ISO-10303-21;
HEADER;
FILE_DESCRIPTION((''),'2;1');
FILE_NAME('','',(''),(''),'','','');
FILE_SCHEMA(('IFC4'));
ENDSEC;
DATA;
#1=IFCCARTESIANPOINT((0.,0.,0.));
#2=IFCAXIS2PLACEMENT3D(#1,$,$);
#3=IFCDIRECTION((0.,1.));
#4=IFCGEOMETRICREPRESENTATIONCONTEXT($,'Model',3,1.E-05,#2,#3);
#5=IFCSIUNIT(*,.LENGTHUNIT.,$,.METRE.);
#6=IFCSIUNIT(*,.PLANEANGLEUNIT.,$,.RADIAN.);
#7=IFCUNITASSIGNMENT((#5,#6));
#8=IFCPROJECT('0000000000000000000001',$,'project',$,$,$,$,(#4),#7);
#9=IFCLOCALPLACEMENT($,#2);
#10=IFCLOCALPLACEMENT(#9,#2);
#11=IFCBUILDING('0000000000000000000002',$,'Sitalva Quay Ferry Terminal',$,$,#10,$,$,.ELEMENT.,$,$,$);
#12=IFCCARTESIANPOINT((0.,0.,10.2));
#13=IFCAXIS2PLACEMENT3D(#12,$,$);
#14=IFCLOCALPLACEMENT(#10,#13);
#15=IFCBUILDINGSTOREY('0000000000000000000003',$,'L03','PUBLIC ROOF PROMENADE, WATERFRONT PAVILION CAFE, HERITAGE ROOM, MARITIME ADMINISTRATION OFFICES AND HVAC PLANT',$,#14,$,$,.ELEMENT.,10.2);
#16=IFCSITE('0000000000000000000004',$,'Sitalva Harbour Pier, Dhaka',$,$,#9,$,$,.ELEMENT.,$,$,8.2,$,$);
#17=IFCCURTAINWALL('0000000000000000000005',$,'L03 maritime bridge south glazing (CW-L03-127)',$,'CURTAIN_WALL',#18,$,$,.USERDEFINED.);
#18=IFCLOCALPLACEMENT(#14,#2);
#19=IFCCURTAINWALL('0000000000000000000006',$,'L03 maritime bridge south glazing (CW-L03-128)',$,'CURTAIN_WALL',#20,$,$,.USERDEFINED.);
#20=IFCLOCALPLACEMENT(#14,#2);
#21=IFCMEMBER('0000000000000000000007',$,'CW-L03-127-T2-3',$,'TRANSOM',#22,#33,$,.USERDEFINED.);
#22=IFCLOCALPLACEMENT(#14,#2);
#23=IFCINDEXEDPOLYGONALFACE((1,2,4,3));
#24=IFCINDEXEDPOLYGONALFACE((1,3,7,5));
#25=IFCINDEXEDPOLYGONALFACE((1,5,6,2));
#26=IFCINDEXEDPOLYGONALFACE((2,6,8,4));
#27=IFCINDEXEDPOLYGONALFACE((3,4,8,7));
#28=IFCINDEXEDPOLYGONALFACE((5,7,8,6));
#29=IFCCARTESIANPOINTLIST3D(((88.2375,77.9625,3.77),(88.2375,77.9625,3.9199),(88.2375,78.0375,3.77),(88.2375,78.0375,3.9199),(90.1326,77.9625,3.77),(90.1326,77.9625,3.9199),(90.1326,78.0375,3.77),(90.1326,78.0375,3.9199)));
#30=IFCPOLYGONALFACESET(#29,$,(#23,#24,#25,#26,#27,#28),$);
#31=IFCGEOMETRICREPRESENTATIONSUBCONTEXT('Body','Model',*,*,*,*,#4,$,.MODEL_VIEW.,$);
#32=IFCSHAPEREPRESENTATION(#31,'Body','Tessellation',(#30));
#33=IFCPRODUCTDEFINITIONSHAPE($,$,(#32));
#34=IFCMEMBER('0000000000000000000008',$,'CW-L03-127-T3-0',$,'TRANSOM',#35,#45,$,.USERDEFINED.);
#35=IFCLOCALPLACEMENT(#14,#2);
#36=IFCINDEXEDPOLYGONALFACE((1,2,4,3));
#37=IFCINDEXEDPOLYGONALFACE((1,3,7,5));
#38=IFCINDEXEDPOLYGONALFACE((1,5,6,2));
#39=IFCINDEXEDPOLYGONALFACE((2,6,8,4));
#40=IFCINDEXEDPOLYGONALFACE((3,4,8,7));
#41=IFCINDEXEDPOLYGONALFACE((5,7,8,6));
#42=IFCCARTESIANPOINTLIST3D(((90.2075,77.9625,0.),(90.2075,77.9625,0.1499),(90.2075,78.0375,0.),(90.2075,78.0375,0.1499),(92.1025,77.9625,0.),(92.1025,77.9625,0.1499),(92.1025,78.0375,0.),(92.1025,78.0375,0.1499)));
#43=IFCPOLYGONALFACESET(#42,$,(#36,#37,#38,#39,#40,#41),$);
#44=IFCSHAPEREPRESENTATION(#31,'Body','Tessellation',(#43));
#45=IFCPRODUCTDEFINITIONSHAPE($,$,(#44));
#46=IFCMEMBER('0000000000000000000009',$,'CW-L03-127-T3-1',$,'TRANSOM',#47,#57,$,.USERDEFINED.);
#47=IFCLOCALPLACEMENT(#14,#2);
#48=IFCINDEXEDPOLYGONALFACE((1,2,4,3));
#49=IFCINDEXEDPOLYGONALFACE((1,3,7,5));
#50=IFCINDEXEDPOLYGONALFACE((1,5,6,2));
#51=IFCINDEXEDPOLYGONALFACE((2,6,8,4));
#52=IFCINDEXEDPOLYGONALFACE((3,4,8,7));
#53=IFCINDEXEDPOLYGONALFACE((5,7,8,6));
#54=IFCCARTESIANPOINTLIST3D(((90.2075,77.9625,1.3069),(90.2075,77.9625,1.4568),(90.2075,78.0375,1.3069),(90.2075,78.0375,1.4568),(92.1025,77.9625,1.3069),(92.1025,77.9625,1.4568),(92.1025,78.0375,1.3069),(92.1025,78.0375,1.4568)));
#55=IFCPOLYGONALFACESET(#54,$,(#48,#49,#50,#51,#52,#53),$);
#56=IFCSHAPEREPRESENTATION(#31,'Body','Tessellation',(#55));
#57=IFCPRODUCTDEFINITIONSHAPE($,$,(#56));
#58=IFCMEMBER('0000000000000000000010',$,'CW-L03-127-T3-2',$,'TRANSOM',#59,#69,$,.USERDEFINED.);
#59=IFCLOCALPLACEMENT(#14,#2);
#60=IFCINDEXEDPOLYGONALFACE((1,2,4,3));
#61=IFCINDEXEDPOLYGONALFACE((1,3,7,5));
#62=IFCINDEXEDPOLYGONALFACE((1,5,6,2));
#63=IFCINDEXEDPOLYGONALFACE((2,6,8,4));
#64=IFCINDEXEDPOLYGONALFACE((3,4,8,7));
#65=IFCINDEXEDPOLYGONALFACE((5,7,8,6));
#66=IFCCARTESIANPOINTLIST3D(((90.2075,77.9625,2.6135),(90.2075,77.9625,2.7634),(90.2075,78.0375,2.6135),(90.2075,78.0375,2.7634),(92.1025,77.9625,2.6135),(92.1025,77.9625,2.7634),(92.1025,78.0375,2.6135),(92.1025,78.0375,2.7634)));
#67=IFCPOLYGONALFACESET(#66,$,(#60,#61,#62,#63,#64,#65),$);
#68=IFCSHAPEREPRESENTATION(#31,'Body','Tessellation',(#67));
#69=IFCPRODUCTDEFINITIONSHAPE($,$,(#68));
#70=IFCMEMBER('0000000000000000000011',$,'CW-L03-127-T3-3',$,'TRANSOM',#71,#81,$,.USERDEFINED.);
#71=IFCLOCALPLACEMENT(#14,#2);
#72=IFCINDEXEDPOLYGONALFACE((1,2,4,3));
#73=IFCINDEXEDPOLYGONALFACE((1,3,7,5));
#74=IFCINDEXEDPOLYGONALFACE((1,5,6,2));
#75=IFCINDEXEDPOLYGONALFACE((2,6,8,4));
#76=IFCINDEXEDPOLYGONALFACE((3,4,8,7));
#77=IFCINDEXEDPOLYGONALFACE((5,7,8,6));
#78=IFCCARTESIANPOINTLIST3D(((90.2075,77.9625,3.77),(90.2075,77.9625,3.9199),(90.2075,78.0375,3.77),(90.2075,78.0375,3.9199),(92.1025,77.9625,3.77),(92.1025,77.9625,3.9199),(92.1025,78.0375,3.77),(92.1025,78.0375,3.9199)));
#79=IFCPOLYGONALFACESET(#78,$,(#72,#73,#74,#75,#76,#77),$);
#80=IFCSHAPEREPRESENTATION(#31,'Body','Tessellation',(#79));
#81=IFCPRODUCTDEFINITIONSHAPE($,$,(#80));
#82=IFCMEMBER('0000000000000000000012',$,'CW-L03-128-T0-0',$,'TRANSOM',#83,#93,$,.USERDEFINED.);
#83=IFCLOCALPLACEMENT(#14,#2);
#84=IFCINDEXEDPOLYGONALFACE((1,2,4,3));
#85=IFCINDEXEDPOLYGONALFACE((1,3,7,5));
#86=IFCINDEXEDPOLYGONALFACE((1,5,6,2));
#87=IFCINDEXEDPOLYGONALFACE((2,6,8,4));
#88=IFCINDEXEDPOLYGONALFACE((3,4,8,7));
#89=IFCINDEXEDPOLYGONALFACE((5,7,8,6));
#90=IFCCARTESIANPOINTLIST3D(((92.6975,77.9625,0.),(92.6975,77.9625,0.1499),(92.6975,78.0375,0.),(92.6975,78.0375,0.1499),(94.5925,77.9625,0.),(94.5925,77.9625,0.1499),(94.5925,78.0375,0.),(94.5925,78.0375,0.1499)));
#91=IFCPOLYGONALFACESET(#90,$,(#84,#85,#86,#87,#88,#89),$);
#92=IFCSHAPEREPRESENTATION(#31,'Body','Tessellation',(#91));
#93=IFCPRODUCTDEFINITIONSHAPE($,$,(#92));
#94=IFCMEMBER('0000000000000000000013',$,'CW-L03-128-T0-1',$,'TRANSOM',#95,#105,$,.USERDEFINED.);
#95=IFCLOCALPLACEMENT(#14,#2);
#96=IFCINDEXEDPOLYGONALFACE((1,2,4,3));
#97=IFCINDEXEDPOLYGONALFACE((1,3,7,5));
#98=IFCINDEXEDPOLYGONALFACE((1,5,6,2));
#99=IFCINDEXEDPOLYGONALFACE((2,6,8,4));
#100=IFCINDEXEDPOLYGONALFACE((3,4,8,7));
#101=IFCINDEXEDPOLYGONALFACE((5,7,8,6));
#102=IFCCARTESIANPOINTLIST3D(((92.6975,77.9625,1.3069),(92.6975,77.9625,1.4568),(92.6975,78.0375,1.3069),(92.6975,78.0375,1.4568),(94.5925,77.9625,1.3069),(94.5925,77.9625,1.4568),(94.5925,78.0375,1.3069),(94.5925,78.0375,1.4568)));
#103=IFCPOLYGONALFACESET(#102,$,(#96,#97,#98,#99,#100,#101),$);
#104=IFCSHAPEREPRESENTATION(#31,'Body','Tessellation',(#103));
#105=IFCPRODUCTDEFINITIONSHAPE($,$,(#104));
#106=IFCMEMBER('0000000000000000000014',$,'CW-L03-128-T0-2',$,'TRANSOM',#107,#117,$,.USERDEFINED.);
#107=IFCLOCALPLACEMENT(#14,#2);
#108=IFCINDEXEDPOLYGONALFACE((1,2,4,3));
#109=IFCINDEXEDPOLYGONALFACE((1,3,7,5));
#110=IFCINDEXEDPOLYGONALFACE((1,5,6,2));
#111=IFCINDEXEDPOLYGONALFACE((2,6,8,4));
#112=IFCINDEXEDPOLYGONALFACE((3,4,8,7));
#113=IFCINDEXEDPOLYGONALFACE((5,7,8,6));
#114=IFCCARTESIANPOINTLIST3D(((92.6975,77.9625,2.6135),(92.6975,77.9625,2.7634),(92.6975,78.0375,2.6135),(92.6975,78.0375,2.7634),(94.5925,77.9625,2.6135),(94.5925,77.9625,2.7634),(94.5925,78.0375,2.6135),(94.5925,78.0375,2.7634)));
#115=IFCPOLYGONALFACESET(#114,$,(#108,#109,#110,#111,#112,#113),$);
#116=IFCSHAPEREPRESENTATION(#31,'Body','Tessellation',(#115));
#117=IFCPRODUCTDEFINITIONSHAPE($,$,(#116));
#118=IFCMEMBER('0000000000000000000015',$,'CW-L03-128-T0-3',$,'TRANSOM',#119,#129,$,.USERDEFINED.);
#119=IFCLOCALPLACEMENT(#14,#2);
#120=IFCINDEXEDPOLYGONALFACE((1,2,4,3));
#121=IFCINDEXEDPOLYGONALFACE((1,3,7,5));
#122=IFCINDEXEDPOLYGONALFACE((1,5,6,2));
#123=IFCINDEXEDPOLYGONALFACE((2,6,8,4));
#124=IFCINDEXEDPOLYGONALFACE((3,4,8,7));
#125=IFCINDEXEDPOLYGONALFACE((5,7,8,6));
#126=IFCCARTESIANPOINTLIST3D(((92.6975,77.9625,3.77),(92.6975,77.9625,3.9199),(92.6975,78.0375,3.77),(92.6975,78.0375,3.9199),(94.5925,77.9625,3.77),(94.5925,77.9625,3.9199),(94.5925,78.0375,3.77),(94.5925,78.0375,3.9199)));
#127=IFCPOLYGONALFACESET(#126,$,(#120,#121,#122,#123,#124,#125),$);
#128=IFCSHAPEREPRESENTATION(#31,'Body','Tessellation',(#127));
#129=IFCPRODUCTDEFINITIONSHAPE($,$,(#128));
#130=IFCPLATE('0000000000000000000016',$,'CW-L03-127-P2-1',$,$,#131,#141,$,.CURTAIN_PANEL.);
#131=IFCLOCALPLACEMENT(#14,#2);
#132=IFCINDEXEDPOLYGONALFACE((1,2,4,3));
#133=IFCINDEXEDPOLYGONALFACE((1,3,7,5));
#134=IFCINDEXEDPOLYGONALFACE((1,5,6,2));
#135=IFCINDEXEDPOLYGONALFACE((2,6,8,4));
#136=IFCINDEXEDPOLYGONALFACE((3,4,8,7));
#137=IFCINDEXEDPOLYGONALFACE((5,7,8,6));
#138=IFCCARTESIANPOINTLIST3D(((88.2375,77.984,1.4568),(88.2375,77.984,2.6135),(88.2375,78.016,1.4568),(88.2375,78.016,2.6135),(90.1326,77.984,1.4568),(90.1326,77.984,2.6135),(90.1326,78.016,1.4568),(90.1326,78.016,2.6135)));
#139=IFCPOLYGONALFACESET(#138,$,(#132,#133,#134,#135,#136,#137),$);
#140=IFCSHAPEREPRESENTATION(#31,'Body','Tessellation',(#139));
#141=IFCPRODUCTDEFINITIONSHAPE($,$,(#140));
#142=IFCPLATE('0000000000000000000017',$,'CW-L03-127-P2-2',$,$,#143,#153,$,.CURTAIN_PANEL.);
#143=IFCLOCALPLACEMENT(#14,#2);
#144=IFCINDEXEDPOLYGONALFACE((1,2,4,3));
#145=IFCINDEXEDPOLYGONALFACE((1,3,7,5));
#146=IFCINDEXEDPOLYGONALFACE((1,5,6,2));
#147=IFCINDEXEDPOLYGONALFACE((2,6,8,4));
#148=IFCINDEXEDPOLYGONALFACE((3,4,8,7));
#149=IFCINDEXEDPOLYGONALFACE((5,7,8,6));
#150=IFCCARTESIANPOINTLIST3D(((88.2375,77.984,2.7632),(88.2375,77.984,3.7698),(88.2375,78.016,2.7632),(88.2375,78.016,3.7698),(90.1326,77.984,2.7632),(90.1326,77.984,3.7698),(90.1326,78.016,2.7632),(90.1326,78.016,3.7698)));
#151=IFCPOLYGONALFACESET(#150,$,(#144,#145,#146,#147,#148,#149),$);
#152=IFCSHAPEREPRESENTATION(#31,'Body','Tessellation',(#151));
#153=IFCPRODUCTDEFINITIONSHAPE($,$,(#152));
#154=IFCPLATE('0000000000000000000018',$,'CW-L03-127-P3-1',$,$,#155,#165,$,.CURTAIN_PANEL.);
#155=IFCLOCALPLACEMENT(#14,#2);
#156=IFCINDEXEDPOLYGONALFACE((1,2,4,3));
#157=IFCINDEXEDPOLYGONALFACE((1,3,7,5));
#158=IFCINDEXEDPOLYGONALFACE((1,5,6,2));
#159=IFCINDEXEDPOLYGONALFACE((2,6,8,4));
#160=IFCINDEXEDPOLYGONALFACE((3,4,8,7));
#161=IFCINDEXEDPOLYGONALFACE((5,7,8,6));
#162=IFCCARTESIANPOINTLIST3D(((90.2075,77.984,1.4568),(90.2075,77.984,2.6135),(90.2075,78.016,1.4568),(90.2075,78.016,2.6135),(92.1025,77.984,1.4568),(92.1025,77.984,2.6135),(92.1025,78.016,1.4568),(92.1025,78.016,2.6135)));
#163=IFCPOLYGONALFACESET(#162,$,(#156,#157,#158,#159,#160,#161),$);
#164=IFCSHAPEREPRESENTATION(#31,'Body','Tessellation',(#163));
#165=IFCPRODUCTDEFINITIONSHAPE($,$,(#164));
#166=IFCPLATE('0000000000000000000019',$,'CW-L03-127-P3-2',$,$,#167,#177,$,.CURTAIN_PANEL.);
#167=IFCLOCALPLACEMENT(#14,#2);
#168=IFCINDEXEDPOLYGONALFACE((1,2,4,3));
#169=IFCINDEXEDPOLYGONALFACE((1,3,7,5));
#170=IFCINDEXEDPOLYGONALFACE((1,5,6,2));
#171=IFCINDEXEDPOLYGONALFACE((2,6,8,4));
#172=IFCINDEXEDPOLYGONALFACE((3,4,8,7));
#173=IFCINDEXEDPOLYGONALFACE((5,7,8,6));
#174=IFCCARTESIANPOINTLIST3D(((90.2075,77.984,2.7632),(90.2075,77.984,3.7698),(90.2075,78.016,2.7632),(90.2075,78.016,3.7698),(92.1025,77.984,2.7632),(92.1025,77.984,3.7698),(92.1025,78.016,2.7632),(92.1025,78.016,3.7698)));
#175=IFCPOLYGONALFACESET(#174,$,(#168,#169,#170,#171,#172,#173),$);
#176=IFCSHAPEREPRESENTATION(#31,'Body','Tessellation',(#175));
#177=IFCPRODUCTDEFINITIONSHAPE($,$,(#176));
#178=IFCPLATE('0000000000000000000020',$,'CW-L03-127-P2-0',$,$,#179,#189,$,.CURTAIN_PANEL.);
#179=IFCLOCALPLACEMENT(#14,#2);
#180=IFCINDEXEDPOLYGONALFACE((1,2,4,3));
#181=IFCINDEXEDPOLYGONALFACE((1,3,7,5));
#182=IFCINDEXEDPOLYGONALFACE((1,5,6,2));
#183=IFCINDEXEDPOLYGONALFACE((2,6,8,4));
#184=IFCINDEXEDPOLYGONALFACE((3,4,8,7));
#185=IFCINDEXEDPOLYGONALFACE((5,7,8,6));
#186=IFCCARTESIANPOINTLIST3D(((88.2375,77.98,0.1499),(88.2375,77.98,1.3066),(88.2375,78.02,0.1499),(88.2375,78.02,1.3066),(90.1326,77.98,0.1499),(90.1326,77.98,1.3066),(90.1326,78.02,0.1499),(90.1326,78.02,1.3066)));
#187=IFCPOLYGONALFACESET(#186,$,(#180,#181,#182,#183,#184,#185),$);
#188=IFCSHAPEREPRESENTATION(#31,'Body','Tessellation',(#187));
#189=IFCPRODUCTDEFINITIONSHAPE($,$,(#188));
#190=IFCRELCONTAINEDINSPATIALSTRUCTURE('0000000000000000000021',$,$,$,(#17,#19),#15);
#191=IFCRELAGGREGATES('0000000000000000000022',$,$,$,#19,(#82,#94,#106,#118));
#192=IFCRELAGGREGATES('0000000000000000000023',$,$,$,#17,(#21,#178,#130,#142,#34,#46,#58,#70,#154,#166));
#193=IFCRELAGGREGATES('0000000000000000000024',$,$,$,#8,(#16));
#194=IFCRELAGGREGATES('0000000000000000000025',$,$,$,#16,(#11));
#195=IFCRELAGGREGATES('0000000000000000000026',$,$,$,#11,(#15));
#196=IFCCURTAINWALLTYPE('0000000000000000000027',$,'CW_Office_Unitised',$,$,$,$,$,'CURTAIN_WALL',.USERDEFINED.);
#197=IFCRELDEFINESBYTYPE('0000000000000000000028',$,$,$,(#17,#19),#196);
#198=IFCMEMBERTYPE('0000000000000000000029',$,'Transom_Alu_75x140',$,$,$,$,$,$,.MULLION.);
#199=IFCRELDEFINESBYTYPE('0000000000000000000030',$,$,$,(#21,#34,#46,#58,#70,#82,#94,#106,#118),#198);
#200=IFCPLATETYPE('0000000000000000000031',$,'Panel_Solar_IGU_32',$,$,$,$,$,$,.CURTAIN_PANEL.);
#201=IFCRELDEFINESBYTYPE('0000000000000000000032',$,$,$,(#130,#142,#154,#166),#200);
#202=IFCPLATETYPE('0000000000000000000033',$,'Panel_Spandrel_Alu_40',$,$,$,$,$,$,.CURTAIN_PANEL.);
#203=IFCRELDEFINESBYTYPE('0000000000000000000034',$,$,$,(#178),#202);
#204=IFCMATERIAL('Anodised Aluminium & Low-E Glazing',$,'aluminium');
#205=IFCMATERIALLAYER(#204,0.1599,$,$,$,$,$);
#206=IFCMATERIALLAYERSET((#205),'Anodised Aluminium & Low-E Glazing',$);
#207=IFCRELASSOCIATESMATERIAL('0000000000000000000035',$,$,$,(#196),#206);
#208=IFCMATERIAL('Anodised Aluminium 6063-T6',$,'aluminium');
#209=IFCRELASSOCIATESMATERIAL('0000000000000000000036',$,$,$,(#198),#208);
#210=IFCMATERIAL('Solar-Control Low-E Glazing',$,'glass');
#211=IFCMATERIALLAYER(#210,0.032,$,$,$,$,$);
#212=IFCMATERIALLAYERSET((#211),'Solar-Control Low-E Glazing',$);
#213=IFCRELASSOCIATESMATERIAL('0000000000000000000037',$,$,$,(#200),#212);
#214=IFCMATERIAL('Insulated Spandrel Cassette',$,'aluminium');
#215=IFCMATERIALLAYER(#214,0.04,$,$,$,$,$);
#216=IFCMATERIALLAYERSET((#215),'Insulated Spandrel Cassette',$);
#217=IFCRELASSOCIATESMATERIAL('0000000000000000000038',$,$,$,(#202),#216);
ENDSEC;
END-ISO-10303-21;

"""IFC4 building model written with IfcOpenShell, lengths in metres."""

from ifc_helpers import new_model, si_unit, direction, frame, origin, origin_2d, place, context, subcontext, project, spatial, rectangle, extrude, material, layer, layer_set, material_profile, profile_set, type_object, element, aggregate, save


model = new_model("IFC4")

# Units and contexts
model_context = context("Model", 3, precision=1e-05, world=origin(), true_north=direction((0.0, 1.0)))
body_context = subcontext(model_context, "Body", "Model", "MODEL_VIEW")
ifc_project = project(units=[si_unit("LENGTHUNIT", "METRE"), si_unit("PLANEANGLEUNIT", "RADIAN")], contexts=[model_context])

# Site, building, storey
site_placement = place(None, origin())
site = spatial("IfcSite", under=ifc_project, at=site_placement, Name="Sitalva Harbour Pier, Dhaka", CompositionType="ELEMENT", RefElevation=8.2)
building_placement = place(site_placement, origin())
building = spatial("IfcBuilding", under=site, at=building_placement, Name="Sitalva Quay Ferry Terminal", CompositionType="ELEMENT")
storey_placement = place(building_placement, frame((0.0, 0.0, 10.2)))
storey = spatial("IfcBuildingStorey", under=building, at=storey_placement, Name="L03", Description="PUBLIC ROOF PROMENADE, WATERFRONT PAVILION CAFE, HERITAGE ROOM, MARITIME ADMINISTRATION OFFICES AND HVAC PLANT", CompositionType="ELEMENT", Elevation=10.2)

# Curtain wall
ifc_material_1 = material(Name="Anodised Aluminium & Low-E Glazing", Category="aluminium")
ifc_layer_1 = layer(ifc_material_1, 0.1599)
ifc_layer_set_1 = layer_set([ifc_layer_1], Name="Anodised Aluminium & Low-E Glazing")
curtain_wall_type = type_object("IfcCurtainWallType", Name="CW_Office_Unitised", ElementType="CURTAIN_WALL", PredefinedType="USERDEFINED", material=ifc_layer_set_1)
curtain_wall_1_placement = place(storey_placement, origin())
curtain_wall_1 = element("IfcCurtainWall", 1, at=curtain_wall_1_placement, inside=storey, type_object=curtain_wall_type, Name="L03 maritime bridge south glazing (CW-L03-127)", ObjectType="CURTAIN_WALL", PredefinedType="USERDEFINED")

# Curtain wall
curtain_wall_2_placement = place(storey_placement, origin())
curtain_wall_2 = element("IfcCurtainWall", 2, at=curtain_wall_2_placement, inside=storey, type_object=curtain_wall_type, Name="L03 maritime bridge south glazing (CW-L03-128)", ObjectType="CURTAIN_WALL", PredefinedType="USERDEFINED")

# Members
ifc_material_2 = material(Name="Anodised Aluminium 6063-T6", Category="aluminium")
ifc_material_profile_1 = material_profile(ifc_material_2, rectangle(XDim=0.075, YDim=0.1499, at=origin_2d()), Name="ALU75x150")
ifc_profile_set_1 = profile_set([ifc_material_profile_1], Name="Anodised Aluminium 6063-T6")
member_type_1 = type_object("IfcMemberType", Name="Transom_Alu_75x140", PredefinedType="MULLION", material=ifc_profile_set_1)
member_1_placement = place(storey_placement, frame((88.2375, 78.0, 3.845), z_axis=(1.0, 0.0, 0.0), x_axis=(0.0, 1.0, 0.0)))
member_1 = element("IfcMember", 3, at=member_1_placement, type_object=member_type_1, Name="CW-L03-127-T2-3", ObjectType="TRANSOM", PredefinedType="USERDEFINED", context=body_context, shape_type="SweptSolid", body=[
    extrude(rectangle(XDim=0.075, YDim=0.1499, at=origin_2d()), origin(), (0.0, 0.0, 1.0), 1.895),
])
member_2_placement = place(storey_placement, frame((90.2075, 78.0, 0.075), z_axis=(1.0, 0.0, 0.0), x_axis=(0.0, 1.0, 0.0)))
member_2 = element("IfcMember", 4, at=member_2_placement, type_object=member_type_1, Name="CW-L03-127-T3-0", ObjectType="TRANSOM", PredefinedType="USERDEFINED", context=body_context, shape_type="SweptSolid", body=[
    extrude(rectangle(XDim=0.075, YDim=0.1499, at=origin_2d()), origin(), (0.0, 0.0, 1.0), 1.895),
])
member_3_placement = place(storey_placement, frame((90.2075, 78.0, 1.3818), z_axis=(1.0, 0.0, 0.0), x_axis=(0.0, 1.0, 0.0)))
member_3 = element("IfcMember", 5, at=member_3_placement, type_object=member_type_1, Name="CW-L03-127-T3-1", ObjectType="TRANSOM", PredefinedType="USERDEFINED", context=body_context, shape_type="SweptSolid", body=[
    extrude(rectangle(XDim=0.075, YDim=0.1499, at=origin_2d()), origin(), (0.0, 0.0, 1.0), 1.895),
])
member_4_placement = place(storey_placement, frame((90.2075, 78.0, 2.6885), z_axis=(1.0, 0.0, 0.0), x_axis=(0.0, 1.0, 0.0)))
member_4 = element("IfcMember", 6, at=member_4_placement, type_object=member_type_1, Name="CW-L03-127-T3-2", ObjectType="TRANSOM", PredefinedType="USERDEFINED", context=body_context, shape_type="SweptSolid", body=[
    extrude(rectangle(XDim=0.075, YDim=0.1499, at=origin_2d()), origin(), (0.0, 0.0, 1.0), 1.895),
])
member_5_placement = place(storey_placement, frame((90.2075, 78.0, 3.845), z_axis=(1.0, 0.0, 0.0), x_axis=(0.0, 1.0, 0.0)))
member_5 = element("IfcMember", 7, at=member_5_placement, type_object=member_type_1, Name="CW-L03-127-T3-3", ObjectType="TRANSOM", PredefinedType="USERDEFINED", context=body_context, shape_type="SweptSolid", body=[
    extrude(rectangle(XDim=0.075, YDim=0.1499, at=origin_2d()), origin(), (0.0, 0.0, 1.0), 1.895),
])
member_6_placement = place(storey_placement, frame((92.6975, 78.0, 0.075), z_axis=(1.0, 0.0, 0.0), x_axis=(0.0, 1.0, 0.0)))
member_6 = element("IfcMember", 8, at=member_6_placement, type_object=member_type_1, Name="CW-L03-128-T0-0", ObjectType="TRANSOM", PredefinedType="USERDEFINED", context=body_context, shape_type="SweptSolid", body=[
    extrude(rectangle(XDim=0.075, YDim=0.1499, at=origin_2d()), origin(), (0.0, 0.0, 1.0), 1.895),
])
member_7_placement = place(storey_placement, frame((92.6975, 78.0, 1.3818), z_axis=(1.0, 0.0, 0.0), x_axis=(0.0, 1.0, 0.0)))
member_7 = element("IfcMember", 9, at=member_7_placement, type_object=member_type_1, Name="CW-L03-128-T0-1", ObjectType="TRANSOM", PredefinedType="USERDEFINED", context=body_context, shape_type="SweptSolid", body=[
    extrude(rectangle(XDim=0.075, YDim=0.1499, at=origin_2d()), origin(), (0.0, 0.0, 1.0), 1.895),
])
member_8_placement = place(storey_placement, frame((92.6975, 78.0, 2.6885), z_axis=(1.0, 0.0, 0.0), x_axis=(0.0, 1.0, 0.0)))
member_8 = element("IfcMember", 10, at=member_8_placement, type_object=member_type_1, Name="CW-L03-128-T0-2", ObjectType="TRANSOM", PredefinedType="USERDEFINED", context=body_context, shape_type="SweptSolid", body=[
    extrude(rectangle(XDim=0.075, YDim=0.1499, at=origin_2d()), origin(), (0.0, 0.0, 1.0), 1.895),
])
member_9_placement = place(storey_placement, frame((92.6975, 78.0, 3.845), z_axis=(1.0, 0.0, 0.0), x_axis=(0.0, 1.0, 0.0)))
member_9 = element("IfcMember", 11, at=member_9_placement, type_object=member_type_1, Name="CW-L03-128-T0-3", ObjectType="TRANSOM", PredefinedType="USERDEFINED", context=body_context, shape_type="SweptSolid", body=[
    extrude(rectangle(XDim=0.075, YDim=0.1499, at=origin_2d()), origin(), (0.0, 0.0, 1.0), 1.895),
])
aggregate(curtain_wall_2, [member_6, member_7, member_8, member_9])

# Plates
ifc_material_3 = material(Name="Solar-Control Low-E Glazing", Category="glass")
ifc_layer_2 = layer(ifc_material_3, 0.032)
ifc_layer_set_2 = layer_set([ifc_layer_2], Name="Solar-Control Low-E Glazing")
plate_type_1 = type_object("IfcPlateType", Name="Panel_Solar_IGU_32", PredefinedType="CURTAIN_PANEL", material=ifc_layer_set_2)
plate_1_placement = place(storey_placement, frame((89.1851, 78.0, 1.4568), z_axis=(0.0, 0.0, 1.0), x_axis=(1.0, 0.0, 0.0)))
plate_1 = element("IfcPlate", 12, at=plate_1_placement, type_object=plate_type_1, Name="CW-L03-127-P2-1", PredefinedType="CURTAIN_PANEL", context=body_context, shape_type="SweptSolid", body=[
    extrude(rectangle(XDim=1.895, YDim=0.032, at=origin_2d()), origin(), (0.0, 0.0, 1.0), 1.1567),
])
plate_2_placement = place(storey_placement, frame((89.1851, 78.0, 2.7632), z_axis=(0.0, 0.0, 1.0), x_axis=(1.0, 0.0, 0.0)))
plate_2 = element("IfcPlate", 13, at=plate_2_placement, type_object=plate_type_1, Name="CW-L03-127-P2-2", PredefinedType="CURTAIN_PANEL", context=body_context, shape_type="SweptSolid", body=[
    extrude(rectangle(XDim=1.895, YDim=0.032, at=origin_2d()), origin(), (0.0, 0.0, 1.0), 1.0066),
])
plate_3_placement = place(storey_placement, frame((91.155, 78.0, 1.4568), z_axis=(0.0, 0.0, 1.0), x_axis=(1.0, 0.0, 0.0)))
plate_3 = element("IfcPlate", 14, at=plate_3_placement, type_object=plate_type_1, Name="CW-L03-127-P3-1", PredefinedType="CURTAIN_PANEL", context=body_context, shape_type="SweptSolid", body=[
    extrude(rectangle(XDim=1.895, YDim=0.032, at=origin_2d()), origin(), (0.0, 0.0, 1.0), 1.1567),
])
plate_4_placement = place(storey_placement, frame((91.155, 78.0, 2.7632), z_axis=(0.0, 0.0, 1.0), x_axis=(1.0, 0.0, 0.0)))
plate_4 = element("IfcPlate", 15, at=plate_4_placement, type_object=plate_type_1, Name="CW-L03-127-P3-2", PredefinedType="CURTAIN_PANEL", context=body_context, shape_type="SweptSolid", body=[
    extrude(rectangle(XDim=1.895, YDim=0.032, at=origin_2d()), origin(), (0.0, 0.0, 1.0), 1.0066),
])
ifc_material_4 = material(Name="Insulated Spandrel Cassette", Category="aluminium")
ifc_layer_3 = layer(ifc_material_4, 0.04)
ifc_layer_set_3 = layer_set([ifc_layer_3], Name="Insulated Spandrel Cassette")
plate_type_2 = type_object("IfcPlateType", Name="Panel_Spandrel_Alu_40", PredefinedType="CURTAIN_PANEL", material=ifc_layer_set_3)
plate_5_placement = place(storey_placement, frame((89.1851, 78.0, 0.1499), z_axis=(0.0, 0.0, 1.0), x_axis=(1.0, 0.0, 0.0)))
plate_5 = element("IfcPlate", 16, at=plate_5_placement, type_object=plate_type_2, Name="CW-L03-127-P2-0", PredefinedType="CURTAIN_PANEL", context=body_context, shape_type="SweptSolid", body=[
    extrude(rectangle(XDim=1.895, YDim=0.04, at=origin_2d()), origin(), (0.0, 0.0, 1.0), 1.1567),
])
aggregate(curtain_wall_1, [member_1, plate_5, plate_1, plate_2, member_2, member_3, member_4, member_5, plate_3, plate_4])

save(model, "model.ifc")
